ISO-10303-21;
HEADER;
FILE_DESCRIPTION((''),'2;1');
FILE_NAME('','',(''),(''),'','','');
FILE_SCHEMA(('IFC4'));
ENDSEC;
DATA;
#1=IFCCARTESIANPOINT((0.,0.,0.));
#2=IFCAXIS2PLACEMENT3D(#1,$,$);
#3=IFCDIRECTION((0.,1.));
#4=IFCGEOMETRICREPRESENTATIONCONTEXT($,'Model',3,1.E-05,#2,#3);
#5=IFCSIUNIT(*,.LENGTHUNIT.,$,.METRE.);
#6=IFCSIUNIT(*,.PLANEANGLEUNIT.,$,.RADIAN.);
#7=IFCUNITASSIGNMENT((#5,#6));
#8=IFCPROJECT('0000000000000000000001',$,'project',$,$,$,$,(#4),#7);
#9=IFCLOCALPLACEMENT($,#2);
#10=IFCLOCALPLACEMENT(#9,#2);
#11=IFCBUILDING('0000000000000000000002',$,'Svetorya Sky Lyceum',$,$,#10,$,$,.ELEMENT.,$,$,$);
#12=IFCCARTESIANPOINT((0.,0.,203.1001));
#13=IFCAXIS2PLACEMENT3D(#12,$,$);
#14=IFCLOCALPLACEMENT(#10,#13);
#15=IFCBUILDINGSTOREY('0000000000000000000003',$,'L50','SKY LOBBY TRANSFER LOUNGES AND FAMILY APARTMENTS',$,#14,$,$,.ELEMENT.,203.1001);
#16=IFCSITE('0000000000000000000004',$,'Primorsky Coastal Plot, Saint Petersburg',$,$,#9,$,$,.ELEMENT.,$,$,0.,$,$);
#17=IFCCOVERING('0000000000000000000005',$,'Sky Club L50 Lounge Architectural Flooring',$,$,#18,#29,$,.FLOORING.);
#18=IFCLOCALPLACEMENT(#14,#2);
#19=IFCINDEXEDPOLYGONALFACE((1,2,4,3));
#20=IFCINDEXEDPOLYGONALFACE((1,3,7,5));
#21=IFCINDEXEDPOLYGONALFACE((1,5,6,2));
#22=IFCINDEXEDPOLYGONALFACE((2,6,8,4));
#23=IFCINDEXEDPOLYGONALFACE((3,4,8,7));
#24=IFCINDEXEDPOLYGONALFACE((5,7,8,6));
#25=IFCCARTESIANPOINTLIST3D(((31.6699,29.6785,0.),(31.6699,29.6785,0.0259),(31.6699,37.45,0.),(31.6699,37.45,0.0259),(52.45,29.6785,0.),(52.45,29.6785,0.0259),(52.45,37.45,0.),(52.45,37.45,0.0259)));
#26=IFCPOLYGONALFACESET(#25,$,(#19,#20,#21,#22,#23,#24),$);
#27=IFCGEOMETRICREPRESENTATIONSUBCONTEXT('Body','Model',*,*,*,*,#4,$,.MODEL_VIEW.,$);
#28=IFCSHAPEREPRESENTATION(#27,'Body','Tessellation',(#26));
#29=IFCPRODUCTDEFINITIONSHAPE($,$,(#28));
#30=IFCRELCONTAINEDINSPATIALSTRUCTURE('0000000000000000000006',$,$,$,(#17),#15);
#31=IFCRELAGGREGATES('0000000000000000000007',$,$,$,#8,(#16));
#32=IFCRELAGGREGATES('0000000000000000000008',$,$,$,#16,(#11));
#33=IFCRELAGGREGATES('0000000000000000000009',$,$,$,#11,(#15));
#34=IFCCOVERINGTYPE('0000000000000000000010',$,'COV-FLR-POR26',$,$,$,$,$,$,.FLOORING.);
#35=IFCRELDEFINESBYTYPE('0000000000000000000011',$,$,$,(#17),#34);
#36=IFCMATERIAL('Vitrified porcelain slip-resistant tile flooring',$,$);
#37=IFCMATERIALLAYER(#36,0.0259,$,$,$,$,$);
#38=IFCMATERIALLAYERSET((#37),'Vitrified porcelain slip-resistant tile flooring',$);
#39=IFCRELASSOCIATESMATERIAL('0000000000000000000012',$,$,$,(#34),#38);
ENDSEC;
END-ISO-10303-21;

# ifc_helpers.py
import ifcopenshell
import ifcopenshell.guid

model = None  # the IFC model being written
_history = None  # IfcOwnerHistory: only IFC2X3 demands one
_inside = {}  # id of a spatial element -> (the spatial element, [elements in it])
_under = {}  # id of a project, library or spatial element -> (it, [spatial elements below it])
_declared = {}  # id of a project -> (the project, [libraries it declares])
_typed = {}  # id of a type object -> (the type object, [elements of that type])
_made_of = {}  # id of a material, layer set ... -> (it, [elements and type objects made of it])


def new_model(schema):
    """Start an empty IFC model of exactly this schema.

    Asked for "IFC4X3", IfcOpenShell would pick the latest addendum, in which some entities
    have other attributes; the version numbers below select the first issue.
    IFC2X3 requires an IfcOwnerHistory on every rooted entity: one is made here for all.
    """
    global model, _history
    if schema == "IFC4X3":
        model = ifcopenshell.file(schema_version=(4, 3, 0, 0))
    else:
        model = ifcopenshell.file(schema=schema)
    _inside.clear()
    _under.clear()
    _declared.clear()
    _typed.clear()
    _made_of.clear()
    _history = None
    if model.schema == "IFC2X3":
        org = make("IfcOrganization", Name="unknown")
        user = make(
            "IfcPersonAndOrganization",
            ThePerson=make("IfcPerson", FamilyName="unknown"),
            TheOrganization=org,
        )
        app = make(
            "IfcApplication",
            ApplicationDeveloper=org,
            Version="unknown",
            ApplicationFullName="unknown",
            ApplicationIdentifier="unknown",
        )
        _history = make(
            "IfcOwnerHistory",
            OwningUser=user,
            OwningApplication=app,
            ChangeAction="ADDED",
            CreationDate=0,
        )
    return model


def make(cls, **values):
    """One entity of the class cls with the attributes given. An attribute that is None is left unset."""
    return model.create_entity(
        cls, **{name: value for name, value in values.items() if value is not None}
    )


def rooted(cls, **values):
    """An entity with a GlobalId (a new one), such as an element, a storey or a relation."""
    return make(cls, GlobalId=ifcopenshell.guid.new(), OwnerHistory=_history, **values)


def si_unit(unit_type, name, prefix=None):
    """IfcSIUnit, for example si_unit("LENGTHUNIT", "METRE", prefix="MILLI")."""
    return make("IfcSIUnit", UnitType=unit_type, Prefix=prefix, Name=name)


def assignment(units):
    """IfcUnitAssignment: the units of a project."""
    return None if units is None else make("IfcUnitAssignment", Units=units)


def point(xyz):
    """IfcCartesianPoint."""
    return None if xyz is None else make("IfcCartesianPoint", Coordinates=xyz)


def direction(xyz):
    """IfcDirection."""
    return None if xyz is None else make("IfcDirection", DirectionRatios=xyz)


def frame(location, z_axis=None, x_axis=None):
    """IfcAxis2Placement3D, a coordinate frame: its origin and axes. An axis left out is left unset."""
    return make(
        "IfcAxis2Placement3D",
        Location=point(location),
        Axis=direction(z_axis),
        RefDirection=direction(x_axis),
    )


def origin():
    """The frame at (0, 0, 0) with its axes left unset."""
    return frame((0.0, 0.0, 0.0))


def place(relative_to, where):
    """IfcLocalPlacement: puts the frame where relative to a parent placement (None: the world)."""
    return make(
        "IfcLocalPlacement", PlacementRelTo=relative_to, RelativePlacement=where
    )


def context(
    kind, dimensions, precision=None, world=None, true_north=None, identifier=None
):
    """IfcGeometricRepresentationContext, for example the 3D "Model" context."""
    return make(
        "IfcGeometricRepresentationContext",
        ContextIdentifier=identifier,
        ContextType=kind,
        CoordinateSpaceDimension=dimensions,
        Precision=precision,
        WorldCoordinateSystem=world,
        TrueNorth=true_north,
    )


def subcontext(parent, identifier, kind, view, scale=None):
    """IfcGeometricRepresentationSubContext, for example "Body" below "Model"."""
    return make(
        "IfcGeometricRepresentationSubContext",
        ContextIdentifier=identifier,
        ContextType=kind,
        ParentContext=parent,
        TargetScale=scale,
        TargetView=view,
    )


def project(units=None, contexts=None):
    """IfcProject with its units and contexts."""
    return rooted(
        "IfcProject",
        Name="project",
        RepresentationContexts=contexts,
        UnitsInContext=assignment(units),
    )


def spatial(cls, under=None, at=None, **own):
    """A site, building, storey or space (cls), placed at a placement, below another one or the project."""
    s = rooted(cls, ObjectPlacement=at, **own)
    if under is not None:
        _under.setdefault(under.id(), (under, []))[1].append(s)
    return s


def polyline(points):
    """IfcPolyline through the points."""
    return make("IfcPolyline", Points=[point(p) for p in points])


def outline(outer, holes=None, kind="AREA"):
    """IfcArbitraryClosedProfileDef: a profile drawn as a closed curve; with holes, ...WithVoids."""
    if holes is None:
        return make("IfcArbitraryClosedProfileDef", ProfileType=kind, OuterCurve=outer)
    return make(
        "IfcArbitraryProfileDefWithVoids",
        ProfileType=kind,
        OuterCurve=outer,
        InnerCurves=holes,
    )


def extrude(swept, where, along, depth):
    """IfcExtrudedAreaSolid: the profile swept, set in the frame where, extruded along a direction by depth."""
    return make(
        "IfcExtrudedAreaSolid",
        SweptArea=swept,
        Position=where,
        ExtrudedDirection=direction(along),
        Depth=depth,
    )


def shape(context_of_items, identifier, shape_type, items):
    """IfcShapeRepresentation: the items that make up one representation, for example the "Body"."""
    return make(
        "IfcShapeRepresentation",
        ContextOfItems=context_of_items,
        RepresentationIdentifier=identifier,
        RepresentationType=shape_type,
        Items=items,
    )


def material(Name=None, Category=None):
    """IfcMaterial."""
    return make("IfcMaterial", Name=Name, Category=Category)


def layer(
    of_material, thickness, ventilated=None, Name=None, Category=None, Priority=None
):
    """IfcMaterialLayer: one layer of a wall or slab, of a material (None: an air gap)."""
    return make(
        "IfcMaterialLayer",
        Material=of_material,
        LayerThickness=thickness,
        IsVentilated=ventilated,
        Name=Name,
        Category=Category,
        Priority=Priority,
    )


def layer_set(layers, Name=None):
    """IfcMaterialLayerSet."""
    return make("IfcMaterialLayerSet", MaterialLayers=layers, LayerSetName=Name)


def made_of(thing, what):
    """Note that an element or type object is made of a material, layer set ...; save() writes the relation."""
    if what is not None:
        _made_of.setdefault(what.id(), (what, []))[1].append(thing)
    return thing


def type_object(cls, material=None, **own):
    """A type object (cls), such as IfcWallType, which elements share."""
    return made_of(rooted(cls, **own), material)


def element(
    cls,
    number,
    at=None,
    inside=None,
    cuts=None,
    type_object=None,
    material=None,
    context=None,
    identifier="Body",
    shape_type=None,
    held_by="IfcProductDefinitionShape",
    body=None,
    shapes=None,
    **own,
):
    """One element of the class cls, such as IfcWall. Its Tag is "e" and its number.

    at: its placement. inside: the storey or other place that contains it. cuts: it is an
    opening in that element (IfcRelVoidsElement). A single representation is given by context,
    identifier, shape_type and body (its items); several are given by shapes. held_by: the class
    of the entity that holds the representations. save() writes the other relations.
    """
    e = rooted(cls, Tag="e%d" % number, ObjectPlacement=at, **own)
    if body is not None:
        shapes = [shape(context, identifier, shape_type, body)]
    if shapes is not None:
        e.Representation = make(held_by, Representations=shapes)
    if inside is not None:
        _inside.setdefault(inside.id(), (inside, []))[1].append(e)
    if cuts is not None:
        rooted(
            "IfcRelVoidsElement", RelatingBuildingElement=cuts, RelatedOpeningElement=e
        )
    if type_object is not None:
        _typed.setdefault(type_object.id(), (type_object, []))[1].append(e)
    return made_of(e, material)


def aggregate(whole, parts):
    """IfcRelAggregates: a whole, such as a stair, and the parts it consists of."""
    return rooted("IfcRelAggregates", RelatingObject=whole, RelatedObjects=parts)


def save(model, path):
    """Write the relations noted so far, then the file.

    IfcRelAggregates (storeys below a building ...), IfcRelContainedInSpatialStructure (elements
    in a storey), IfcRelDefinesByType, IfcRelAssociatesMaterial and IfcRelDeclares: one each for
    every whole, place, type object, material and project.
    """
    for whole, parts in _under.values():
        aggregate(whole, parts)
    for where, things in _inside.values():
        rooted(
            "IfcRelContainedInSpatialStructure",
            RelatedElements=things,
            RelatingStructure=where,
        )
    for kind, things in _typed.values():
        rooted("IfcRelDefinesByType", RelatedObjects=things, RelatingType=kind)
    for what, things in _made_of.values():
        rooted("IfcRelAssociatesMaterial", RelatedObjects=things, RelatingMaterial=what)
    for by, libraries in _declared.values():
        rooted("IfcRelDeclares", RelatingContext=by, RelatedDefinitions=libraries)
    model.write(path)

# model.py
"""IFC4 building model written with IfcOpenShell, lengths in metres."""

from ifc_helpers import new_model, si_unit, direction, frame, origin, place, context, subcontext, project, spatial, polyline, outline, extrude, material, layer, layer_set, type_object, element, save


model = new_model("IFC4")

# Units and contexts
model_context = context("Model", 3, precision=1e-05, world=origin(), true_north=direction((0.0, 1.0)))
body_context = subcontext(model_context, "Body", "Model", "MODEL_VIEW")
ifc_project = project(units=[si_unit("LENGTHUNIT", "METRE"), si_unit("PLANEANGLEUNIT", "RADIAN")], contexts=[model_context])

# Site, building, storey
site_placement = place(None, origin())
site = spatial("IfcSite", under=ifc_project, at=site_placement, Name="Primorsky Coastal Plot, Saint Petersburg", CompositionType="ELEMENT", RefElevation=0.0)
building_placement = place(site_placement, origin())
building = spatial("IfcBuilding", under=site, at=building_placement, Name="Svetorya Sky Lyceum", CompositionType="ELEMENT")
storey_placement = place(building_placement, frame((0.0, 0.0, 203.1001)))
storey = spatial("IfcBuildingStorey", under=building, at=storey_placement, Name="L50", Description="SKY LOBBY TRANSFER LOUNGES AND FAMILY APARTMENTS", CompositionType="ELEMENT", Elevation=203.1001)

# Covering
ifc_material_1 = material(Name="Vitrified porcelain slip-resistant tile flooring")
ifc_layer_1 = layer(ifc_material_1, 0.0259)
ifc_layer_set_1 = layer_set([ifc_layer_1], Name="Vitrified porcelain slip-resistant tile flooring")
covering_type_1 = type_object("IfcCoveringType", Name="COV-FLR-POR26", PredefinedType="FLOORING", material=ifc_layer_set_1)
covering_1_placement = place(storey_placement, origin())
element("IfcCovering", 1, at=covering_1_placement, inside=storey, type_object=covering_type_1, Name="Sky Club L50 Lounge Architectural Flooring", PredefinedType="FLOORING", context=body_context, shape_type="SweptSolid", body=[
    extrude(outline(polyline([(31.6699, 29.6785), (52.45, 29.6785), (52.45, 37.45), (31.6699, 37.45), (31.6699, 29.6785)])), origin(), (0.0, 0.0, 1.0), 0.0259),
])

save(model, "model.ifc")
